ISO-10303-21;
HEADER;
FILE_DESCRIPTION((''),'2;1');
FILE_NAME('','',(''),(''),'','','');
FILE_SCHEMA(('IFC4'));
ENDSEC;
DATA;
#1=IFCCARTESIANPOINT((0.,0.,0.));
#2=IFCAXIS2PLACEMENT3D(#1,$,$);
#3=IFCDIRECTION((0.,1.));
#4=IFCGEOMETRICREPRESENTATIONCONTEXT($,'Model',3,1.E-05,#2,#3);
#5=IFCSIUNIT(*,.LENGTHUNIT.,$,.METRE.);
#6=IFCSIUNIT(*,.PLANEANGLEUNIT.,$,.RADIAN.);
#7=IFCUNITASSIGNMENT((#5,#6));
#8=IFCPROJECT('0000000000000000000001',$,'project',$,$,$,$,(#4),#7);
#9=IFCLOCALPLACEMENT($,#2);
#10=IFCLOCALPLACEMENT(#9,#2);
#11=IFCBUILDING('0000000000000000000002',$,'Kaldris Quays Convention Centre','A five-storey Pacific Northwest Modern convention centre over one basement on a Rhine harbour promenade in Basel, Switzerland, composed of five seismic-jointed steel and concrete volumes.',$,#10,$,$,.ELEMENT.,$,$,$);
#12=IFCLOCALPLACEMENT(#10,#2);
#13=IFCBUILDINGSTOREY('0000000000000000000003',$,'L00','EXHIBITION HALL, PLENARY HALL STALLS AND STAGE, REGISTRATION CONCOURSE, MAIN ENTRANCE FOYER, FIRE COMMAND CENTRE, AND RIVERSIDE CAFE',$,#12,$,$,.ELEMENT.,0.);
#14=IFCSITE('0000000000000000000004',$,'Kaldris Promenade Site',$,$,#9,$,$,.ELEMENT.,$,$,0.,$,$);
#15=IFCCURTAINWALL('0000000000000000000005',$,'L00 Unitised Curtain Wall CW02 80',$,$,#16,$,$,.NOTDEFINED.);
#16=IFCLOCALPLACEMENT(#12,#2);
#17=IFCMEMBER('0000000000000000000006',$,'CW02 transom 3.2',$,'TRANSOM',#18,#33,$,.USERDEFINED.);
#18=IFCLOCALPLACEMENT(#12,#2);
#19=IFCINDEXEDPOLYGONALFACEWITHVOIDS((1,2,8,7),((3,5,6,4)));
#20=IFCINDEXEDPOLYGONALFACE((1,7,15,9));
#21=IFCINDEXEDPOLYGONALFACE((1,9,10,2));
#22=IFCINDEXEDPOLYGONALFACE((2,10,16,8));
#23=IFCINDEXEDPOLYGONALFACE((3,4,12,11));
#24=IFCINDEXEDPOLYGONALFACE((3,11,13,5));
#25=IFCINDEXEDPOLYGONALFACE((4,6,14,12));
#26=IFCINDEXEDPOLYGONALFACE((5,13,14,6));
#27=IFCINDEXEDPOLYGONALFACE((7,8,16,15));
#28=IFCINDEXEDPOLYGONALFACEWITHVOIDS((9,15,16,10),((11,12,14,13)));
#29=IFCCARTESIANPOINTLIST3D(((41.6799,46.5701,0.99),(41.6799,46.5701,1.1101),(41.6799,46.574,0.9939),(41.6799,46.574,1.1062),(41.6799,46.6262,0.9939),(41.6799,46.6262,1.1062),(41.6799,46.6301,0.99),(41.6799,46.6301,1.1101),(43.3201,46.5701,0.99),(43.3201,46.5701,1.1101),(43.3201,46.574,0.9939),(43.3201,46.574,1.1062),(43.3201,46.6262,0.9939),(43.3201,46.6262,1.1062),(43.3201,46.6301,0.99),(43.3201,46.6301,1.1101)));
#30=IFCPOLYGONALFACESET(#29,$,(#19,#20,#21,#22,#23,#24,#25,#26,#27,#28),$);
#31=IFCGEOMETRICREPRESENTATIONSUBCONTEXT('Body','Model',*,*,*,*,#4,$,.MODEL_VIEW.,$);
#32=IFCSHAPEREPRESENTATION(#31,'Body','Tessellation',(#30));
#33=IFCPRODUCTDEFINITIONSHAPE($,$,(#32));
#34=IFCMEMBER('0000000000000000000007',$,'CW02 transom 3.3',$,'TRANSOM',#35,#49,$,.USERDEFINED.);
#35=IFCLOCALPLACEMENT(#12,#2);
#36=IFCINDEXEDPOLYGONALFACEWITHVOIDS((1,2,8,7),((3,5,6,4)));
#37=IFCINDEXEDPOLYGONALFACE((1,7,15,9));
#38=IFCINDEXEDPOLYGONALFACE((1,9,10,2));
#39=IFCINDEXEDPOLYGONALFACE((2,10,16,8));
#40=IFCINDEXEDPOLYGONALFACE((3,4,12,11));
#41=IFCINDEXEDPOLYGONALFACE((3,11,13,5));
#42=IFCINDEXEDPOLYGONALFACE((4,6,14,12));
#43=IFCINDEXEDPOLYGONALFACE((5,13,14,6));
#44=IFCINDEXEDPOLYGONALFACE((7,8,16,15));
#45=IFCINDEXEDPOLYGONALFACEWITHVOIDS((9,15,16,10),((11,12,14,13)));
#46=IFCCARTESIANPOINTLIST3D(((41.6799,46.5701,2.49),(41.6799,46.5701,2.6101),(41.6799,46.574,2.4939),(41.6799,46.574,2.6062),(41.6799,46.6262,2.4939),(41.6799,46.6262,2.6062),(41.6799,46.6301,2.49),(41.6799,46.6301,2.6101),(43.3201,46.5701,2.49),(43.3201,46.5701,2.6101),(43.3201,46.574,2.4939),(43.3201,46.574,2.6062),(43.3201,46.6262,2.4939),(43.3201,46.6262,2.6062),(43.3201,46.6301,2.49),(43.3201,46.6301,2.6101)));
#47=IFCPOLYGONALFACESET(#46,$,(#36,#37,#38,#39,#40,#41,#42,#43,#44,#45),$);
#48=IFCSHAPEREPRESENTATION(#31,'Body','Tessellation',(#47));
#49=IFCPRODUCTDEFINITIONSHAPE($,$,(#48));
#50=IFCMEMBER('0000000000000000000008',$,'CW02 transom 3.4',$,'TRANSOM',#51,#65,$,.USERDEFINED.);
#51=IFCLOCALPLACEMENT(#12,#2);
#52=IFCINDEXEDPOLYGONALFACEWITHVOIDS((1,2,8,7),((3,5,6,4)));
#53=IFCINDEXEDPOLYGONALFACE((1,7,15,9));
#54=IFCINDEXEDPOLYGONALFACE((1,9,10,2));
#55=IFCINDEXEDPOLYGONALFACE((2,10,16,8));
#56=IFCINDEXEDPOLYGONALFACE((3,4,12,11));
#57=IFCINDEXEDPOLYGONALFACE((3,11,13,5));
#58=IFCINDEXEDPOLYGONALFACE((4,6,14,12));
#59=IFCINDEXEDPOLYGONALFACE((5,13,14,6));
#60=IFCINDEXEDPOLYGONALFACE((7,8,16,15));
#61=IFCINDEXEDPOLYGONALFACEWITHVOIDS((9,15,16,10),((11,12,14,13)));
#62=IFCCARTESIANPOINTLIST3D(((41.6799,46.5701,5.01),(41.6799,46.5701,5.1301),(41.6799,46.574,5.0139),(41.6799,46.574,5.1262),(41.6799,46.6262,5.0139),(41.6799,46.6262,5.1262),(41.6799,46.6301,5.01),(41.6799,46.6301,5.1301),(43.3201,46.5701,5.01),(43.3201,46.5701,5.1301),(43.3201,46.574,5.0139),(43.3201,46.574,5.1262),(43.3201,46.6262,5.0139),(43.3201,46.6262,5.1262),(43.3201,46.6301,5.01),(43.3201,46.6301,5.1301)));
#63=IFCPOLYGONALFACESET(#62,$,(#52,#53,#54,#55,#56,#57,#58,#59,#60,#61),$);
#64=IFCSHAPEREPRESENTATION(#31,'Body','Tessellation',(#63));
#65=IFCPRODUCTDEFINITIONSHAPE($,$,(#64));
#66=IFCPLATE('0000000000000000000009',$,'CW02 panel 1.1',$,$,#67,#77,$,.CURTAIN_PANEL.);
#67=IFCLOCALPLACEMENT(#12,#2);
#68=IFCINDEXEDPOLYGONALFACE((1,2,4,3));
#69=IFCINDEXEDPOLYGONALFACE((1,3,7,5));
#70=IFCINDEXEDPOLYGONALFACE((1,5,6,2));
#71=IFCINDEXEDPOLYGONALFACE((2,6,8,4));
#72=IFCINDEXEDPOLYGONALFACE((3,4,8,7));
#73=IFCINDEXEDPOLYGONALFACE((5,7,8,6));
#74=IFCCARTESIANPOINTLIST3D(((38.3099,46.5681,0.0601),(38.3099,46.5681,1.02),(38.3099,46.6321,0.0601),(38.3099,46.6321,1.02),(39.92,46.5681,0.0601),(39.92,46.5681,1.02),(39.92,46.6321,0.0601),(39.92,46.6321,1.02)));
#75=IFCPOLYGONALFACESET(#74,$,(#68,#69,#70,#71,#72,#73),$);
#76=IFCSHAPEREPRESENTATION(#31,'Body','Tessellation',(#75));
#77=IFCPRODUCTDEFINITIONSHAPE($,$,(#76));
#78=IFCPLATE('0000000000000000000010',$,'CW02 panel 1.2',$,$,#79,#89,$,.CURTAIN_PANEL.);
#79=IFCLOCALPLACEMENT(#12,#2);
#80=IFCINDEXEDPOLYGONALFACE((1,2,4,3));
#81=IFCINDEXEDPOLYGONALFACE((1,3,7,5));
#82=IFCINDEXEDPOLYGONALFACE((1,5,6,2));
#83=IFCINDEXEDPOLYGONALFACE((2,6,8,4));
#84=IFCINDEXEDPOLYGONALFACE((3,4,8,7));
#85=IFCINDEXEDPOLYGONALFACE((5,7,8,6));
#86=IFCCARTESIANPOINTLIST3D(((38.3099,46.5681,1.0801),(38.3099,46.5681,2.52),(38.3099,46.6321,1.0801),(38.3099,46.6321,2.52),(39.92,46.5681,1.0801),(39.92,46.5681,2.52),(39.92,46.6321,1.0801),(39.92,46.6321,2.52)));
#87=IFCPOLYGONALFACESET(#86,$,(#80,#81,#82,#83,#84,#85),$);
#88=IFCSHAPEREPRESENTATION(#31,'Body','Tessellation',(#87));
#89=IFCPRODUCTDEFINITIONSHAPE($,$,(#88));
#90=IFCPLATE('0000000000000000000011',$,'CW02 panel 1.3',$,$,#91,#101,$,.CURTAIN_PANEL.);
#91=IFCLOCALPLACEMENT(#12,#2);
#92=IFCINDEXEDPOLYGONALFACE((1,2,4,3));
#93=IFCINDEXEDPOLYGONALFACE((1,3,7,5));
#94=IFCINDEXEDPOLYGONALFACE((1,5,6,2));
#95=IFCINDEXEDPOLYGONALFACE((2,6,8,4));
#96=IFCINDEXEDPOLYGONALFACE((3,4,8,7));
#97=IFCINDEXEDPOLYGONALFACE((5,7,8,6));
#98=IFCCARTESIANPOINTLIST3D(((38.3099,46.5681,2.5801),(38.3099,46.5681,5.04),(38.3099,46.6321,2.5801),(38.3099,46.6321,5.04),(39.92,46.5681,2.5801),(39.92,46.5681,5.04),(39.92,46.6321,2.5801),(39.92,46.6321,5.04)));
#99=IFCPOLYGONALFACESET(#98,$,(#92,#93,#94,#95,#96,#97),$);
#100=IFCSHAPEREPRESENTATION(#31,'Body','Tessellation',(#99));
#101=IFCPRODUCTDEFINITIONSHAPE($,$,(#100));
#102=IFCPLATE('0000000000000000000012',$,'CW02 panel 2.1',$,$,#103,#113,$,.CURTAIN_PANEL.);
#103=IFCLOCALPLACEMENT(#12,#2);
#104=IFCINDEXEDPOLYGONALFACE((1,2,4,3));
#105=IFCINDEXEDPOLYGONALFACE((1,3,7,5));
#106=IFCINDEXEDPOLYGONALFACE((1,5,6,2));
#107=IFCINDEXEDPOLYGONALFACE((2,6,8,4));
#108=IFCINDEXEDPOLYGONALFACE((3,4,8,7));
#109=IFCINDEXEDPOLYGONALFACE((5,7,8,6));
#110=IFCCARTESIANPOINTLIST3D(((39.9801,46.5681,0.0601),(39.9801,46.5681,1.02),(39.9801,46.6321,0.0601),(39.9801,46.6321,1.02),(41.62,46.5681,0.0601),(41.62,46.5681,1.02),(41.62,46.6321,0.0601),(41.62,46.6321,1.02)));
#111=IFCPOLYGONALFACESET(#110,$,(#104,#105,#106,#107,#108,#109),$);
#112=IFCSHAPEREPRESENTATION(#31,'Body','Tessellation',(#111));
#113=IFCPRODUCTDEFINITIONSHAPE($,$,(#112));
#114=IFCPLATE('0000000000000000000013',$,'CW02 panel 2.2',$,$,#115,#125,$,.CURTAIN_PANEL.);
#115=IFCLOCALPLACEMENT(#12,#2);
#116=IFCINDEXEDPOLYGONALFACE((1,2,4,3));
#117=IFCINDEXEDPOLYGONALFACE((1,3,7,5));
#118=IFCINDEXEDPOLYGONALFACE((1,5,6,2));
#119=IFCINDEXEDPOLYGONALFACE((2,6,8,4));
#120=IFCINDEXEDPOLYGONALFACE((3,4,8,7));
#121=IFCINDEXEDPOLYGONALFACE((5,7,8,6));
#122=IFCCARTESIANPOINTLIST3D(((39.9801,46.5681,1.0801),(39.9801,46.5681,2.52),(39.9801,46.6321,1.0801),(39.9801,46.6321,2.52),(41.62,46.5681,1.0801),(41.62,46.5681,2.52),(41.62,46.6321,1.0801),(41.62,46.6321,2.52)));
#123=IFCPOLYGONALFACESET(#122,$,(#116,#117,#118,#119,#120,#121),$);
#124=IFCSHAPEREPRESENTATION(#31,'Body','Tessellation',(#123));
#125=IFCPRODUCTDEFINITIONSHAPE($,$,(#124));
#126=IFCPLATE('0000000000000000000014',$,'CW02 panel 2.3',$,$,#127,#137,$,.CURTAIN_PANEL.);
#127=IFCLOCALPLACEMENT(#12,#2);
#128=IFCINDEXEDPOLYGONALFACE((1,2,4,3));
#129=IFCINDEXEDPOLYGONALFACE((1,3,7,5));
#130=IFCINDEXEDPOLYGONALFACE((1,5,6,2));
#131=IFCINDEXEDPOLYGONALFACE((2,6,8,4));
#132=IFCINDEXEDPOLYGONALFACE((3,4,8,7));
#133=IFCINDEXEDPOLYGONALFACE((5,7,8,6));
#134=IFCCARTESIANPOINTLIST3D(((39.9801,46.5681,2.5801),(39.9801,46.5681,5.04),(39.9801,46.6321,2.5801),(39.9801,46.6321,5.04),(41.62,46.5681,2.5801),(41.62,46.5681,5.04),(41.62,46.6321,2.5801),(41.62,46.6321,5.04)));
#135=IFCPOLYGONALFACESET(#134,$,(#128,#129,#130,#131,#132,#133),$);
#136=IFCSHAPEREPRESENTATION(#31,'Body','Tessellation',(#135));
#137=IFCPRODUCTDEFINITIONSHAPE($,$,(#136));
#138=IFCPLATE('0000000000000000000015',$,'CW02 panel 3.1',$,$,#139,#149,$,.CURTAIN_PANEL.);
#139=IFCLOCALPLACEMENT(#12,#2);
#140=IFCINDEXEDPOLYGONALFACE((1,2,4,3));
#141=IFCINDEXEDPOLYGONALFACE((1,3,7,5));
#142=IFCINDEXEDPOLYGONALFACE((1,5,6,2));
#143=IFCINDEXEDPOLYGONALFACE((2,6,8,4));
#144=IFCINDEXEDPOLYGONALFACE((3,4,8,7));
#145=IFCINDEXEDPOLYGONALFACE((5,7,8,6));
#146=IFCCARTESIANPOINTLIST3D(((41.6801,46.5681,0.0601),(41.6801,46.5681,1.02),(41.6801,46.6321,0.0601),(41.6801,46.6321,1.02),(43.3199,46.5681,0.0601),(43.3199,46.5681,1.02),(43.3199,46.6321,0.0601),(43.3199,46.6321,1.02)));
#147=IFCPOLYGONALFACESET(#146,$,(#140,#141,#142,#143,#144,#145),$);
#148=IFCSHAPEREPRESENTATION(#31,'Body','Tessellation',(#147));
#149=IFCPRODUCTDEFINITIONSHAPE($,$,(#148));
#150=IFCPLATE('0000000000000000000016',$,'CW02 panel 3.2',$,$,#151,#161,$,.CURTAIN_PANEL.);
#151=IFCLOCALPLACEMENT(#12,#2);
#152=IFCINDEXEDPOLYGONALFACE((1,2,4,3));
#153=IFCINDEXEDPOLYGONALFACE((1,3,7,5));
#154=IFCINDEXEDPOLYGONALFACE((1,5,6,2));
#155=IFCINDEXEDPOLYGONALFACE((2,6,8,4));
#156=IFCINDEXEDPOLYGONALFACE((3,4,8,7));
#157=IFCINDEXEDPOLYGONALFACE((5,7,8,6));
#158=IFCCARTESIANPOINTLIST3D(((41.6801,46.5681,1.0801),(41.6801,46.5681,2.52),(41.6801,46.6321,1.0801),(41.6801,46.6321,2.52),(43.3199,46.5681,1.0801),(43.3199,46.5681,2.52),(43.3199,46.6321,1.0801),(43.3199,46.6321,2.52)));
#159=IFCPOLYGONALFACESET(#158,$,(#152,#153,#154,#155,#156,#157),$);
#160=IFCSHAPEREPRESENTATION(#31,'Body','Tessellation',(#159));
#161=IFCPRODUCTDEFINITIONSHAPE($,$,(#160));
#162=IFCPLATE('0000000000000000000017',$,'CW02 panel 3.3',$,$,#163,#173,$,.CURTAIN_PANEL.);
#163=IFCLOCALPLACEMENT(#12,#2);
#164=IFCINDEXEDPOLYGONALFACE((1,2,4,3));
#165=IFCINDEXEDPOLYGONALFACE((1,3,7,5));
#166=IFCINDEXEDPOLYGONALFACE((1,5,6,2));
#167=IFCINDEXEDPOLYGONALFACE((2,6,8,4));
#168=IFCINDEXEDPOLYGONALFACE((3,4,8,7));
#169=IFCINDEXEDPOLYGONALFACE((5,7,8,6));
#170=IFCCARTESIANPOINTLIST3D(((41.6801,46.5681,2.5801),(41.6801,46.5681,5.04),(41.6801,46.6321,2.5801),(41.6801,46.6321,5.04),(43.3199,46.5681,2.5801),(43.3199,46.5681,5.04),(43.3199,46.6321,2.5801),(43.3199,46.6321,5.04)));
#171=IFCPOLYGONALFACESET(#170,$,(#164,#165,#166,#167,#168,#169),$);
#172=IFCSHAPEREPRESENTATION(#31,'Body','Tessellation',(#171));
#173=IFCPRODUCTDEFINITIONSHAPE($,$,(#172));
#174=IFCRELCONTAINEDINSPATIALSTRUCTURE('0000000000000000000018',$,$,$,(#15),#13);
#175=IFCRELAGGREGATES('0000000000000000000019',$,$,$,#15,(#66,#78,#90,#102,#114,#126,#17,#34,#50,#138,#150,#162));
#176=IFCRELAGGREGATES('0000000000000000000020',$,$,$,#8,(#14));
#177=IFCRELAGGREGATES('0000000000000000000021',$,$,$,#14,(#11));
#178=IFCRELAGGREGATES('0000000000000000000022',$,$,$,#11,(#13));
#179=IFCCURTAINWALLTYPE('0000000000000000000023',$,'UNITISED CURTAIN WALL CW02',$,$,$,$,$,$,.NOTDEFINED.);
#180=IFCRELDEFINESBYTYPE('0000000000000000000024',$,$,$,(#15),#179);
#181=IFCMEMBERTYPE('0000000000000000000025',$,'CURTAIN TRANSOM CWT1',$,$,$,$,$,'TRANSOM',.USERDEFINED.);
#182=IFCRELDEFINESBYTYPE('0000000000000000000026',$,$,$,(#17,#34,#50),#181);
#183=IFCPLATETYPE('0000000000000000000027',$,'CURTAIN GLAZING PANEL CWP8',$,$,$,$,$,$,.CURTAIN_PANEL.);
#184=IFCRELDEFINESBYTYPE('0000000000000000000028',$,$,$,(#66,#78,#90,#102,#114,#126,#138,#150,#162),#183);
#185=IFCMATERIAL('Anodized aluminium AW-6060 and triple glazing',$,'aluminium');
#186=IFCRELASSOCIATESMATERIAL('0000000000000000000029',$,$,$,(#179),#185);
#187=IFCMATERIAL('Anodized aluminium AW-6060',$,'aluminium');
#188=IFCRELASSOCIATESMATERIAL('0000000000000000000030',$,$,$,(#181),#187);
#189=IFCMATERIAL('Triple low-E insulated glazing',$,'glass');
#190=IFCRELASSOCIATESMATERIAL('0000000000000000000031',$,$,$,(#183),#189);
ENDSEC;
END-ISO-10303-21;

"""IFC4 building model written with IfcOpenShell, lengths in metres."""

from ifc_helpers import new_model, si_unit, direction, frame, origin, origin_2d, place, context, subcontext, project, spatial, rectangle, hollow_rectangle, extrude, material, material_profile, profile_set, type_object, element, aggregate, save


model = new_model("IFC4")

# Units and contexts
model_context = context("Model", 3, precision=1e-05, world=origin(), true_north=direction((0.0, 1.0)))
body_context = subcontext(model_context, "Body", "Model", "MODEL_VIEW")
ifc_project = project(units=[si_unit("LENGTHUNIT", "METRE"), si_unit("PLANEANGLEUNIT", "RADIAN")], contexts=[model_context])

# Site, building, storey
site_placement = place(None, origin())
site = spatial("IfcSite", under=ifc_project, at=site_placement, Name="Kaldris Promenade Site", CompositionType="ELEMENT", RefElevation=0.0)
building_placement = place(site_placement, origin())
building = spatial("IfcBuilding", under=site, at=building_placement, Name="Kaldris Quays Convention Centre", Description="A five-storey Pacific Northwest Modern convention centre over one basement on a Rhine harbour promenade in Basel, Switzerland, composed of five seismic-jointed steel and concrete volumes.", CompositionType="ELEMENT")
storey_placement = place(building_placement, origin())
storey = spatial("IfcBuildingStorey", under=building, at=storey_placement, Name="L00", Description="EXHIBITION HALL, PLENARY HALL STALLS AND STAGE, REGISTRATION CONCOURSE, MAIN ENTRANCE FOYER, FIRE COMMAND CENTRE, AND RIVERSIDE CAFE", CompositionType="ELEMENT", Elevation=0.0)

# Curtain wall, members, plates
ifc_material_1 = material(Name="Anodized aluminium AW-6060 and triple glazing", Category="aluminium")
curtain_wall_type = type_object("IfcCurtainWallType", Name="UNITISED CURTAIN WALL CW02", PredefinedType="NOTDEFINED", material=ifc_material_1)
curtain_wall_placement = place(storey_placement, origin())
curtain_wall = element("IfcCurtainWall", 1, at=curtain_wall_placement, inside=storey, type_object=curtain_wall_type, Name="L00 Unitised Curtain Wall CW02 80", PredefinedType="NOTDEFINED")
ifc_material_2 = material(Name="Anodized aluminium AW-6060", Category="aluminium")
ifc_material_profile_1 = material_profile(ifc_material_2, hollow_rectangle(XDim=0.0601, YDim=0.1201, WallThickness=0.0039, at=origin_2d()), Name="RHS 120x60x4")
ifc_profile_set_1 = profile_set([ifc_material_profile_1], Name="Anodized aluminium AW-6060")
member_type_1 = type_object("IfcMemberType", Name="CURTAIN TRANSOM CWT1", ElementType="TRANSOM", PredefinedType="USERDEFINED", material=ifc_profile_set_1)
member_1_placement = place(storey_placement, frame((41.6799, 46.6001, 1.05), z_axis=(1.0, 0.0, 0.0), x_axis=(0.0, 1.0, 0.0)))
member_1 = element("IfcMember", 2, at=member_1_placement, type_object=member_type_1, Name="CW02 transom 3.2", ObjectType="TRANSOM", PredefinedType="USERDEFINED", context=body_context, shape_type="SweptSolid", body=[
    extrude(hollow_rectangle(XDim=0.0601, YDim=0.1201, WallThickness=0.0039, at=origin_2d()), origin(), (0.0, 0.0, 1.0), 1.6401),
])
member_2_placement = place(storey_placement, frame((41.6799, 46.6001, 2.55), z_axis=(1.0, 0.0, 0.0), x_axis=(0.0, 1.0, 0.0)))
member_2 = element("IfcMember", 3, at=member_2_placement, type_object=member_type_1, Name="CW02 transom 3.3", ObjectType="TRANSOM", PredefinedType="USERDEFINED", context=body_context, shape_type="SweptSolid", body=[
    extrude(hollow_rectangle(XDim=0.0601, YDim=0.1201, WallThickness=0.0039, at=origin_2d()), origin(), (0.0, 0.0, 1.0), 1.6401),
])
member_3_placement = place(storey_placement, frame((41.6799, 46.6001, 5.0701), z_axis=(1.0, 0.0, 0.0), x_axis=(0.0, 1.0, 0.0)))
member_3 = element("IfcMember", 4, at=member_3_placement, type_object=member_type_1, Name="CW02 transom 3.4", ObjectType="TRANSOM", PredefinedType="USERDEFINED", context=body_context, shape_type="SweptSolid", body=[
    extrude(hollow_rectangle(XDim=0.0601, YDim=0.1201, WallThickness=0.0039, at=origin_2d()), origin(), (0.0, 0.0, 1.0), 1.6401),
])
ifc_material_3 = material(Name="Triple low-E insulated glazing", Category="glass")
plate_type = type_object("IfcPlateType", Name="CURTAIN GLAZING PANEL CWP8", PredefinedType="CURTAIN_PANEL", material=ifc_material_3)
plate_1_placement = place(storey_placement, frame((39.115, 46.6001, 0.0601), z_axis=(0.0, 0.0, 1.0), x_axis=(1.0, 0.0, 0.0)))
plate_1 = element("IfcPlate", 5, at=plate_1_placement, type_object=plate_type, Name="CW02 panel 1.1", PredefinedType="CURTAIN_PANEL", context=body_context, shape_type="SweptSolid", body=[
    extrude(rectangle(XDim=1.6101, YDim=0.064, at=origin_2d()), origin(), (0.0, 0.0, 1.0), 0.96),
])
plate_2_placement = place(storey_placement, frame((39.115, 46.6001, 1.0801), z_axis=(0.0, 0.0, 1.0), x_axis=(1.0, 0.0, 0.0)))
plate_2 = element("IfcPlate", 6, at=plate_2_placement, type_object=plate_type, Name="CW02 panel 1.2", PredefinedType="CURTAIN_PANEL", context=body_context, shape_type="SweptSolid", body=[
    extrude(rectangle(XDim=1.6101, YDim=0.064, at=origin_2d()), origin(), (0.0, 0.0, 1.0), 1.4399),
])
plate_3_placement = place(storey_placement, frame((39.115, 46.6001, 2.5801), z_axis=(0.0, 0.0, 1.0), x_axis=(1.0, 0.0, 0.0)))
plate_3 = element("IfcPlate", 7, at=plate_3_placement, type_object=plate_type, Name="CW02 panel 1.3", PredefinedType="CURTAIN_PANEL", context=body_context, shape_type="SweptSolid", body=[
    extrude(rectangle(XDim=1.6101, YDim=0.064, at=origin_2d()), origin(), (0.0, 0.0, 1.0), 2.46),
])
plate_4_placement = place(storey_placement, frame((40.8, 46.6001, 0.0601), z_axis=(0.0, 0.0, 1.0), x_axis=(1.0, 0.0, 0.0)))
plate_4 = element("IfcPlate", 8, at=plate_4_placement, type_object=plate_type, Name="CW02 panel 2.1", PredefinedType="CURTAIN_PANEL", context=body_context, shape_type="SweptSolid", body=[
    extrude(rectangle(XDim=1.6399, YDim=0.064, at=origin_2d()), origin(), (0.0, 0.0, 1.0), 0.96),
])
plate_5_placement = place(storey_placement, frame((40.8, 46.6001, 1.0801), z_axis=(0.0, 0.0, 1.0), x_axis=(1.0, 0.0, 0.0)))
plate_5 = element("IfcPlate", 9, at=plate_5_placement, type_object=plate_type, Name="CW02 panel 2.2", PredefinedType="CURTAIN_PANEL", context=body_context, shape_type="SweptSolid", body=[
    extrude(rectangle(XDim=1.6399, YDim=0.064, at=origin_2d()), origin(), (0.0, 0.0, 1.0), 1.4399),
])
plate_6_placement = place(storey_placement, frame((40.8, 46.6001, 2.5801), z_axis=(0.0, 0.0, 1.0), x_axis=(1.0, 0.0, 0.0)))
plate_6 = element("IfcPlate", 10, at=plate_6_placement, type_object=plate_type, Name="CW02 panel 2.3", PredefinedType="CURTAIN_PANEL", context=body_context, shape_type="SweptSolid", body=[
    extrude(rectangle(XDim=1.6399, YDim=0.064, at=origin_2d()), origin(), (0.0, 0.0, 1.0), 2.46),
])
plate_7_placement = place(storey_placement, frame((42.5, 46.6001, 0.0601), z_axis=(0.0, 0.0, 1.0), x_axis=(1.0, 0.0, 0.0)))
plate_7 = element("IfcPlate", 11, at=plate_7_placement, type_object=plate_type, Name="CW02 panel 3.1", PredefinedType="CURTAIN_PANEL", context=body_context, shape_type="SweptSolid", body=[
    extrude(rectangle(XDim=1.6399, YDim=0.064, at=origin_2d()), origin(), (0.0, 0.0, 1.0), 0.96),
])
plate_8_placement = place(storey_placement, frame((42.5, 46.6001, 1.0801), z_axis=(0.0, 0.0, 1.0), x_axis=(1.0, 0.0, 0.0)))
plate_8 = element("IfcPlate", 12, at=plate_8_placement, type_object=plate_type, Name="CW02 panel 3.2", PredefinedType="CURTAIN_PANEL", context=body_context, shape_type="SweptSolid", body=[
    extrude(rectangle(XDim=1.6399, YDim=0.064, at=origin_2d()), origin(), (0.0, 0.0, 1.0), 1.4399),
])
plate_9_placement = place(storey_placement, frame((42.5, 46.6001, 2.5801), z_axis=(0.0, 0.0, 1.0), x_axis=(1.0, 0.0, 0.0)))
plate_9 = element("IfcPlate", 13, at=plate_9_placement, type_object=plate_type, Name="CW02 panel 3.3", PredefinedType="CURTAIN_PANEL", context=body_context, shape_type="SweptSolid", body=[
    extrude(rectangle(XDim=1.6399, YDim=0.064, at=origin_2d()), origin(), (0.0, 0.0, 1.0), 2.46),
])
aggregate(curtain_wall, [plate_1, plate_2, plate_3, plate_4, plate_5, plate_6, member_1, member_2, member_3, plate_7, plate_8, plate_9])

save(model, "model.ifc")
